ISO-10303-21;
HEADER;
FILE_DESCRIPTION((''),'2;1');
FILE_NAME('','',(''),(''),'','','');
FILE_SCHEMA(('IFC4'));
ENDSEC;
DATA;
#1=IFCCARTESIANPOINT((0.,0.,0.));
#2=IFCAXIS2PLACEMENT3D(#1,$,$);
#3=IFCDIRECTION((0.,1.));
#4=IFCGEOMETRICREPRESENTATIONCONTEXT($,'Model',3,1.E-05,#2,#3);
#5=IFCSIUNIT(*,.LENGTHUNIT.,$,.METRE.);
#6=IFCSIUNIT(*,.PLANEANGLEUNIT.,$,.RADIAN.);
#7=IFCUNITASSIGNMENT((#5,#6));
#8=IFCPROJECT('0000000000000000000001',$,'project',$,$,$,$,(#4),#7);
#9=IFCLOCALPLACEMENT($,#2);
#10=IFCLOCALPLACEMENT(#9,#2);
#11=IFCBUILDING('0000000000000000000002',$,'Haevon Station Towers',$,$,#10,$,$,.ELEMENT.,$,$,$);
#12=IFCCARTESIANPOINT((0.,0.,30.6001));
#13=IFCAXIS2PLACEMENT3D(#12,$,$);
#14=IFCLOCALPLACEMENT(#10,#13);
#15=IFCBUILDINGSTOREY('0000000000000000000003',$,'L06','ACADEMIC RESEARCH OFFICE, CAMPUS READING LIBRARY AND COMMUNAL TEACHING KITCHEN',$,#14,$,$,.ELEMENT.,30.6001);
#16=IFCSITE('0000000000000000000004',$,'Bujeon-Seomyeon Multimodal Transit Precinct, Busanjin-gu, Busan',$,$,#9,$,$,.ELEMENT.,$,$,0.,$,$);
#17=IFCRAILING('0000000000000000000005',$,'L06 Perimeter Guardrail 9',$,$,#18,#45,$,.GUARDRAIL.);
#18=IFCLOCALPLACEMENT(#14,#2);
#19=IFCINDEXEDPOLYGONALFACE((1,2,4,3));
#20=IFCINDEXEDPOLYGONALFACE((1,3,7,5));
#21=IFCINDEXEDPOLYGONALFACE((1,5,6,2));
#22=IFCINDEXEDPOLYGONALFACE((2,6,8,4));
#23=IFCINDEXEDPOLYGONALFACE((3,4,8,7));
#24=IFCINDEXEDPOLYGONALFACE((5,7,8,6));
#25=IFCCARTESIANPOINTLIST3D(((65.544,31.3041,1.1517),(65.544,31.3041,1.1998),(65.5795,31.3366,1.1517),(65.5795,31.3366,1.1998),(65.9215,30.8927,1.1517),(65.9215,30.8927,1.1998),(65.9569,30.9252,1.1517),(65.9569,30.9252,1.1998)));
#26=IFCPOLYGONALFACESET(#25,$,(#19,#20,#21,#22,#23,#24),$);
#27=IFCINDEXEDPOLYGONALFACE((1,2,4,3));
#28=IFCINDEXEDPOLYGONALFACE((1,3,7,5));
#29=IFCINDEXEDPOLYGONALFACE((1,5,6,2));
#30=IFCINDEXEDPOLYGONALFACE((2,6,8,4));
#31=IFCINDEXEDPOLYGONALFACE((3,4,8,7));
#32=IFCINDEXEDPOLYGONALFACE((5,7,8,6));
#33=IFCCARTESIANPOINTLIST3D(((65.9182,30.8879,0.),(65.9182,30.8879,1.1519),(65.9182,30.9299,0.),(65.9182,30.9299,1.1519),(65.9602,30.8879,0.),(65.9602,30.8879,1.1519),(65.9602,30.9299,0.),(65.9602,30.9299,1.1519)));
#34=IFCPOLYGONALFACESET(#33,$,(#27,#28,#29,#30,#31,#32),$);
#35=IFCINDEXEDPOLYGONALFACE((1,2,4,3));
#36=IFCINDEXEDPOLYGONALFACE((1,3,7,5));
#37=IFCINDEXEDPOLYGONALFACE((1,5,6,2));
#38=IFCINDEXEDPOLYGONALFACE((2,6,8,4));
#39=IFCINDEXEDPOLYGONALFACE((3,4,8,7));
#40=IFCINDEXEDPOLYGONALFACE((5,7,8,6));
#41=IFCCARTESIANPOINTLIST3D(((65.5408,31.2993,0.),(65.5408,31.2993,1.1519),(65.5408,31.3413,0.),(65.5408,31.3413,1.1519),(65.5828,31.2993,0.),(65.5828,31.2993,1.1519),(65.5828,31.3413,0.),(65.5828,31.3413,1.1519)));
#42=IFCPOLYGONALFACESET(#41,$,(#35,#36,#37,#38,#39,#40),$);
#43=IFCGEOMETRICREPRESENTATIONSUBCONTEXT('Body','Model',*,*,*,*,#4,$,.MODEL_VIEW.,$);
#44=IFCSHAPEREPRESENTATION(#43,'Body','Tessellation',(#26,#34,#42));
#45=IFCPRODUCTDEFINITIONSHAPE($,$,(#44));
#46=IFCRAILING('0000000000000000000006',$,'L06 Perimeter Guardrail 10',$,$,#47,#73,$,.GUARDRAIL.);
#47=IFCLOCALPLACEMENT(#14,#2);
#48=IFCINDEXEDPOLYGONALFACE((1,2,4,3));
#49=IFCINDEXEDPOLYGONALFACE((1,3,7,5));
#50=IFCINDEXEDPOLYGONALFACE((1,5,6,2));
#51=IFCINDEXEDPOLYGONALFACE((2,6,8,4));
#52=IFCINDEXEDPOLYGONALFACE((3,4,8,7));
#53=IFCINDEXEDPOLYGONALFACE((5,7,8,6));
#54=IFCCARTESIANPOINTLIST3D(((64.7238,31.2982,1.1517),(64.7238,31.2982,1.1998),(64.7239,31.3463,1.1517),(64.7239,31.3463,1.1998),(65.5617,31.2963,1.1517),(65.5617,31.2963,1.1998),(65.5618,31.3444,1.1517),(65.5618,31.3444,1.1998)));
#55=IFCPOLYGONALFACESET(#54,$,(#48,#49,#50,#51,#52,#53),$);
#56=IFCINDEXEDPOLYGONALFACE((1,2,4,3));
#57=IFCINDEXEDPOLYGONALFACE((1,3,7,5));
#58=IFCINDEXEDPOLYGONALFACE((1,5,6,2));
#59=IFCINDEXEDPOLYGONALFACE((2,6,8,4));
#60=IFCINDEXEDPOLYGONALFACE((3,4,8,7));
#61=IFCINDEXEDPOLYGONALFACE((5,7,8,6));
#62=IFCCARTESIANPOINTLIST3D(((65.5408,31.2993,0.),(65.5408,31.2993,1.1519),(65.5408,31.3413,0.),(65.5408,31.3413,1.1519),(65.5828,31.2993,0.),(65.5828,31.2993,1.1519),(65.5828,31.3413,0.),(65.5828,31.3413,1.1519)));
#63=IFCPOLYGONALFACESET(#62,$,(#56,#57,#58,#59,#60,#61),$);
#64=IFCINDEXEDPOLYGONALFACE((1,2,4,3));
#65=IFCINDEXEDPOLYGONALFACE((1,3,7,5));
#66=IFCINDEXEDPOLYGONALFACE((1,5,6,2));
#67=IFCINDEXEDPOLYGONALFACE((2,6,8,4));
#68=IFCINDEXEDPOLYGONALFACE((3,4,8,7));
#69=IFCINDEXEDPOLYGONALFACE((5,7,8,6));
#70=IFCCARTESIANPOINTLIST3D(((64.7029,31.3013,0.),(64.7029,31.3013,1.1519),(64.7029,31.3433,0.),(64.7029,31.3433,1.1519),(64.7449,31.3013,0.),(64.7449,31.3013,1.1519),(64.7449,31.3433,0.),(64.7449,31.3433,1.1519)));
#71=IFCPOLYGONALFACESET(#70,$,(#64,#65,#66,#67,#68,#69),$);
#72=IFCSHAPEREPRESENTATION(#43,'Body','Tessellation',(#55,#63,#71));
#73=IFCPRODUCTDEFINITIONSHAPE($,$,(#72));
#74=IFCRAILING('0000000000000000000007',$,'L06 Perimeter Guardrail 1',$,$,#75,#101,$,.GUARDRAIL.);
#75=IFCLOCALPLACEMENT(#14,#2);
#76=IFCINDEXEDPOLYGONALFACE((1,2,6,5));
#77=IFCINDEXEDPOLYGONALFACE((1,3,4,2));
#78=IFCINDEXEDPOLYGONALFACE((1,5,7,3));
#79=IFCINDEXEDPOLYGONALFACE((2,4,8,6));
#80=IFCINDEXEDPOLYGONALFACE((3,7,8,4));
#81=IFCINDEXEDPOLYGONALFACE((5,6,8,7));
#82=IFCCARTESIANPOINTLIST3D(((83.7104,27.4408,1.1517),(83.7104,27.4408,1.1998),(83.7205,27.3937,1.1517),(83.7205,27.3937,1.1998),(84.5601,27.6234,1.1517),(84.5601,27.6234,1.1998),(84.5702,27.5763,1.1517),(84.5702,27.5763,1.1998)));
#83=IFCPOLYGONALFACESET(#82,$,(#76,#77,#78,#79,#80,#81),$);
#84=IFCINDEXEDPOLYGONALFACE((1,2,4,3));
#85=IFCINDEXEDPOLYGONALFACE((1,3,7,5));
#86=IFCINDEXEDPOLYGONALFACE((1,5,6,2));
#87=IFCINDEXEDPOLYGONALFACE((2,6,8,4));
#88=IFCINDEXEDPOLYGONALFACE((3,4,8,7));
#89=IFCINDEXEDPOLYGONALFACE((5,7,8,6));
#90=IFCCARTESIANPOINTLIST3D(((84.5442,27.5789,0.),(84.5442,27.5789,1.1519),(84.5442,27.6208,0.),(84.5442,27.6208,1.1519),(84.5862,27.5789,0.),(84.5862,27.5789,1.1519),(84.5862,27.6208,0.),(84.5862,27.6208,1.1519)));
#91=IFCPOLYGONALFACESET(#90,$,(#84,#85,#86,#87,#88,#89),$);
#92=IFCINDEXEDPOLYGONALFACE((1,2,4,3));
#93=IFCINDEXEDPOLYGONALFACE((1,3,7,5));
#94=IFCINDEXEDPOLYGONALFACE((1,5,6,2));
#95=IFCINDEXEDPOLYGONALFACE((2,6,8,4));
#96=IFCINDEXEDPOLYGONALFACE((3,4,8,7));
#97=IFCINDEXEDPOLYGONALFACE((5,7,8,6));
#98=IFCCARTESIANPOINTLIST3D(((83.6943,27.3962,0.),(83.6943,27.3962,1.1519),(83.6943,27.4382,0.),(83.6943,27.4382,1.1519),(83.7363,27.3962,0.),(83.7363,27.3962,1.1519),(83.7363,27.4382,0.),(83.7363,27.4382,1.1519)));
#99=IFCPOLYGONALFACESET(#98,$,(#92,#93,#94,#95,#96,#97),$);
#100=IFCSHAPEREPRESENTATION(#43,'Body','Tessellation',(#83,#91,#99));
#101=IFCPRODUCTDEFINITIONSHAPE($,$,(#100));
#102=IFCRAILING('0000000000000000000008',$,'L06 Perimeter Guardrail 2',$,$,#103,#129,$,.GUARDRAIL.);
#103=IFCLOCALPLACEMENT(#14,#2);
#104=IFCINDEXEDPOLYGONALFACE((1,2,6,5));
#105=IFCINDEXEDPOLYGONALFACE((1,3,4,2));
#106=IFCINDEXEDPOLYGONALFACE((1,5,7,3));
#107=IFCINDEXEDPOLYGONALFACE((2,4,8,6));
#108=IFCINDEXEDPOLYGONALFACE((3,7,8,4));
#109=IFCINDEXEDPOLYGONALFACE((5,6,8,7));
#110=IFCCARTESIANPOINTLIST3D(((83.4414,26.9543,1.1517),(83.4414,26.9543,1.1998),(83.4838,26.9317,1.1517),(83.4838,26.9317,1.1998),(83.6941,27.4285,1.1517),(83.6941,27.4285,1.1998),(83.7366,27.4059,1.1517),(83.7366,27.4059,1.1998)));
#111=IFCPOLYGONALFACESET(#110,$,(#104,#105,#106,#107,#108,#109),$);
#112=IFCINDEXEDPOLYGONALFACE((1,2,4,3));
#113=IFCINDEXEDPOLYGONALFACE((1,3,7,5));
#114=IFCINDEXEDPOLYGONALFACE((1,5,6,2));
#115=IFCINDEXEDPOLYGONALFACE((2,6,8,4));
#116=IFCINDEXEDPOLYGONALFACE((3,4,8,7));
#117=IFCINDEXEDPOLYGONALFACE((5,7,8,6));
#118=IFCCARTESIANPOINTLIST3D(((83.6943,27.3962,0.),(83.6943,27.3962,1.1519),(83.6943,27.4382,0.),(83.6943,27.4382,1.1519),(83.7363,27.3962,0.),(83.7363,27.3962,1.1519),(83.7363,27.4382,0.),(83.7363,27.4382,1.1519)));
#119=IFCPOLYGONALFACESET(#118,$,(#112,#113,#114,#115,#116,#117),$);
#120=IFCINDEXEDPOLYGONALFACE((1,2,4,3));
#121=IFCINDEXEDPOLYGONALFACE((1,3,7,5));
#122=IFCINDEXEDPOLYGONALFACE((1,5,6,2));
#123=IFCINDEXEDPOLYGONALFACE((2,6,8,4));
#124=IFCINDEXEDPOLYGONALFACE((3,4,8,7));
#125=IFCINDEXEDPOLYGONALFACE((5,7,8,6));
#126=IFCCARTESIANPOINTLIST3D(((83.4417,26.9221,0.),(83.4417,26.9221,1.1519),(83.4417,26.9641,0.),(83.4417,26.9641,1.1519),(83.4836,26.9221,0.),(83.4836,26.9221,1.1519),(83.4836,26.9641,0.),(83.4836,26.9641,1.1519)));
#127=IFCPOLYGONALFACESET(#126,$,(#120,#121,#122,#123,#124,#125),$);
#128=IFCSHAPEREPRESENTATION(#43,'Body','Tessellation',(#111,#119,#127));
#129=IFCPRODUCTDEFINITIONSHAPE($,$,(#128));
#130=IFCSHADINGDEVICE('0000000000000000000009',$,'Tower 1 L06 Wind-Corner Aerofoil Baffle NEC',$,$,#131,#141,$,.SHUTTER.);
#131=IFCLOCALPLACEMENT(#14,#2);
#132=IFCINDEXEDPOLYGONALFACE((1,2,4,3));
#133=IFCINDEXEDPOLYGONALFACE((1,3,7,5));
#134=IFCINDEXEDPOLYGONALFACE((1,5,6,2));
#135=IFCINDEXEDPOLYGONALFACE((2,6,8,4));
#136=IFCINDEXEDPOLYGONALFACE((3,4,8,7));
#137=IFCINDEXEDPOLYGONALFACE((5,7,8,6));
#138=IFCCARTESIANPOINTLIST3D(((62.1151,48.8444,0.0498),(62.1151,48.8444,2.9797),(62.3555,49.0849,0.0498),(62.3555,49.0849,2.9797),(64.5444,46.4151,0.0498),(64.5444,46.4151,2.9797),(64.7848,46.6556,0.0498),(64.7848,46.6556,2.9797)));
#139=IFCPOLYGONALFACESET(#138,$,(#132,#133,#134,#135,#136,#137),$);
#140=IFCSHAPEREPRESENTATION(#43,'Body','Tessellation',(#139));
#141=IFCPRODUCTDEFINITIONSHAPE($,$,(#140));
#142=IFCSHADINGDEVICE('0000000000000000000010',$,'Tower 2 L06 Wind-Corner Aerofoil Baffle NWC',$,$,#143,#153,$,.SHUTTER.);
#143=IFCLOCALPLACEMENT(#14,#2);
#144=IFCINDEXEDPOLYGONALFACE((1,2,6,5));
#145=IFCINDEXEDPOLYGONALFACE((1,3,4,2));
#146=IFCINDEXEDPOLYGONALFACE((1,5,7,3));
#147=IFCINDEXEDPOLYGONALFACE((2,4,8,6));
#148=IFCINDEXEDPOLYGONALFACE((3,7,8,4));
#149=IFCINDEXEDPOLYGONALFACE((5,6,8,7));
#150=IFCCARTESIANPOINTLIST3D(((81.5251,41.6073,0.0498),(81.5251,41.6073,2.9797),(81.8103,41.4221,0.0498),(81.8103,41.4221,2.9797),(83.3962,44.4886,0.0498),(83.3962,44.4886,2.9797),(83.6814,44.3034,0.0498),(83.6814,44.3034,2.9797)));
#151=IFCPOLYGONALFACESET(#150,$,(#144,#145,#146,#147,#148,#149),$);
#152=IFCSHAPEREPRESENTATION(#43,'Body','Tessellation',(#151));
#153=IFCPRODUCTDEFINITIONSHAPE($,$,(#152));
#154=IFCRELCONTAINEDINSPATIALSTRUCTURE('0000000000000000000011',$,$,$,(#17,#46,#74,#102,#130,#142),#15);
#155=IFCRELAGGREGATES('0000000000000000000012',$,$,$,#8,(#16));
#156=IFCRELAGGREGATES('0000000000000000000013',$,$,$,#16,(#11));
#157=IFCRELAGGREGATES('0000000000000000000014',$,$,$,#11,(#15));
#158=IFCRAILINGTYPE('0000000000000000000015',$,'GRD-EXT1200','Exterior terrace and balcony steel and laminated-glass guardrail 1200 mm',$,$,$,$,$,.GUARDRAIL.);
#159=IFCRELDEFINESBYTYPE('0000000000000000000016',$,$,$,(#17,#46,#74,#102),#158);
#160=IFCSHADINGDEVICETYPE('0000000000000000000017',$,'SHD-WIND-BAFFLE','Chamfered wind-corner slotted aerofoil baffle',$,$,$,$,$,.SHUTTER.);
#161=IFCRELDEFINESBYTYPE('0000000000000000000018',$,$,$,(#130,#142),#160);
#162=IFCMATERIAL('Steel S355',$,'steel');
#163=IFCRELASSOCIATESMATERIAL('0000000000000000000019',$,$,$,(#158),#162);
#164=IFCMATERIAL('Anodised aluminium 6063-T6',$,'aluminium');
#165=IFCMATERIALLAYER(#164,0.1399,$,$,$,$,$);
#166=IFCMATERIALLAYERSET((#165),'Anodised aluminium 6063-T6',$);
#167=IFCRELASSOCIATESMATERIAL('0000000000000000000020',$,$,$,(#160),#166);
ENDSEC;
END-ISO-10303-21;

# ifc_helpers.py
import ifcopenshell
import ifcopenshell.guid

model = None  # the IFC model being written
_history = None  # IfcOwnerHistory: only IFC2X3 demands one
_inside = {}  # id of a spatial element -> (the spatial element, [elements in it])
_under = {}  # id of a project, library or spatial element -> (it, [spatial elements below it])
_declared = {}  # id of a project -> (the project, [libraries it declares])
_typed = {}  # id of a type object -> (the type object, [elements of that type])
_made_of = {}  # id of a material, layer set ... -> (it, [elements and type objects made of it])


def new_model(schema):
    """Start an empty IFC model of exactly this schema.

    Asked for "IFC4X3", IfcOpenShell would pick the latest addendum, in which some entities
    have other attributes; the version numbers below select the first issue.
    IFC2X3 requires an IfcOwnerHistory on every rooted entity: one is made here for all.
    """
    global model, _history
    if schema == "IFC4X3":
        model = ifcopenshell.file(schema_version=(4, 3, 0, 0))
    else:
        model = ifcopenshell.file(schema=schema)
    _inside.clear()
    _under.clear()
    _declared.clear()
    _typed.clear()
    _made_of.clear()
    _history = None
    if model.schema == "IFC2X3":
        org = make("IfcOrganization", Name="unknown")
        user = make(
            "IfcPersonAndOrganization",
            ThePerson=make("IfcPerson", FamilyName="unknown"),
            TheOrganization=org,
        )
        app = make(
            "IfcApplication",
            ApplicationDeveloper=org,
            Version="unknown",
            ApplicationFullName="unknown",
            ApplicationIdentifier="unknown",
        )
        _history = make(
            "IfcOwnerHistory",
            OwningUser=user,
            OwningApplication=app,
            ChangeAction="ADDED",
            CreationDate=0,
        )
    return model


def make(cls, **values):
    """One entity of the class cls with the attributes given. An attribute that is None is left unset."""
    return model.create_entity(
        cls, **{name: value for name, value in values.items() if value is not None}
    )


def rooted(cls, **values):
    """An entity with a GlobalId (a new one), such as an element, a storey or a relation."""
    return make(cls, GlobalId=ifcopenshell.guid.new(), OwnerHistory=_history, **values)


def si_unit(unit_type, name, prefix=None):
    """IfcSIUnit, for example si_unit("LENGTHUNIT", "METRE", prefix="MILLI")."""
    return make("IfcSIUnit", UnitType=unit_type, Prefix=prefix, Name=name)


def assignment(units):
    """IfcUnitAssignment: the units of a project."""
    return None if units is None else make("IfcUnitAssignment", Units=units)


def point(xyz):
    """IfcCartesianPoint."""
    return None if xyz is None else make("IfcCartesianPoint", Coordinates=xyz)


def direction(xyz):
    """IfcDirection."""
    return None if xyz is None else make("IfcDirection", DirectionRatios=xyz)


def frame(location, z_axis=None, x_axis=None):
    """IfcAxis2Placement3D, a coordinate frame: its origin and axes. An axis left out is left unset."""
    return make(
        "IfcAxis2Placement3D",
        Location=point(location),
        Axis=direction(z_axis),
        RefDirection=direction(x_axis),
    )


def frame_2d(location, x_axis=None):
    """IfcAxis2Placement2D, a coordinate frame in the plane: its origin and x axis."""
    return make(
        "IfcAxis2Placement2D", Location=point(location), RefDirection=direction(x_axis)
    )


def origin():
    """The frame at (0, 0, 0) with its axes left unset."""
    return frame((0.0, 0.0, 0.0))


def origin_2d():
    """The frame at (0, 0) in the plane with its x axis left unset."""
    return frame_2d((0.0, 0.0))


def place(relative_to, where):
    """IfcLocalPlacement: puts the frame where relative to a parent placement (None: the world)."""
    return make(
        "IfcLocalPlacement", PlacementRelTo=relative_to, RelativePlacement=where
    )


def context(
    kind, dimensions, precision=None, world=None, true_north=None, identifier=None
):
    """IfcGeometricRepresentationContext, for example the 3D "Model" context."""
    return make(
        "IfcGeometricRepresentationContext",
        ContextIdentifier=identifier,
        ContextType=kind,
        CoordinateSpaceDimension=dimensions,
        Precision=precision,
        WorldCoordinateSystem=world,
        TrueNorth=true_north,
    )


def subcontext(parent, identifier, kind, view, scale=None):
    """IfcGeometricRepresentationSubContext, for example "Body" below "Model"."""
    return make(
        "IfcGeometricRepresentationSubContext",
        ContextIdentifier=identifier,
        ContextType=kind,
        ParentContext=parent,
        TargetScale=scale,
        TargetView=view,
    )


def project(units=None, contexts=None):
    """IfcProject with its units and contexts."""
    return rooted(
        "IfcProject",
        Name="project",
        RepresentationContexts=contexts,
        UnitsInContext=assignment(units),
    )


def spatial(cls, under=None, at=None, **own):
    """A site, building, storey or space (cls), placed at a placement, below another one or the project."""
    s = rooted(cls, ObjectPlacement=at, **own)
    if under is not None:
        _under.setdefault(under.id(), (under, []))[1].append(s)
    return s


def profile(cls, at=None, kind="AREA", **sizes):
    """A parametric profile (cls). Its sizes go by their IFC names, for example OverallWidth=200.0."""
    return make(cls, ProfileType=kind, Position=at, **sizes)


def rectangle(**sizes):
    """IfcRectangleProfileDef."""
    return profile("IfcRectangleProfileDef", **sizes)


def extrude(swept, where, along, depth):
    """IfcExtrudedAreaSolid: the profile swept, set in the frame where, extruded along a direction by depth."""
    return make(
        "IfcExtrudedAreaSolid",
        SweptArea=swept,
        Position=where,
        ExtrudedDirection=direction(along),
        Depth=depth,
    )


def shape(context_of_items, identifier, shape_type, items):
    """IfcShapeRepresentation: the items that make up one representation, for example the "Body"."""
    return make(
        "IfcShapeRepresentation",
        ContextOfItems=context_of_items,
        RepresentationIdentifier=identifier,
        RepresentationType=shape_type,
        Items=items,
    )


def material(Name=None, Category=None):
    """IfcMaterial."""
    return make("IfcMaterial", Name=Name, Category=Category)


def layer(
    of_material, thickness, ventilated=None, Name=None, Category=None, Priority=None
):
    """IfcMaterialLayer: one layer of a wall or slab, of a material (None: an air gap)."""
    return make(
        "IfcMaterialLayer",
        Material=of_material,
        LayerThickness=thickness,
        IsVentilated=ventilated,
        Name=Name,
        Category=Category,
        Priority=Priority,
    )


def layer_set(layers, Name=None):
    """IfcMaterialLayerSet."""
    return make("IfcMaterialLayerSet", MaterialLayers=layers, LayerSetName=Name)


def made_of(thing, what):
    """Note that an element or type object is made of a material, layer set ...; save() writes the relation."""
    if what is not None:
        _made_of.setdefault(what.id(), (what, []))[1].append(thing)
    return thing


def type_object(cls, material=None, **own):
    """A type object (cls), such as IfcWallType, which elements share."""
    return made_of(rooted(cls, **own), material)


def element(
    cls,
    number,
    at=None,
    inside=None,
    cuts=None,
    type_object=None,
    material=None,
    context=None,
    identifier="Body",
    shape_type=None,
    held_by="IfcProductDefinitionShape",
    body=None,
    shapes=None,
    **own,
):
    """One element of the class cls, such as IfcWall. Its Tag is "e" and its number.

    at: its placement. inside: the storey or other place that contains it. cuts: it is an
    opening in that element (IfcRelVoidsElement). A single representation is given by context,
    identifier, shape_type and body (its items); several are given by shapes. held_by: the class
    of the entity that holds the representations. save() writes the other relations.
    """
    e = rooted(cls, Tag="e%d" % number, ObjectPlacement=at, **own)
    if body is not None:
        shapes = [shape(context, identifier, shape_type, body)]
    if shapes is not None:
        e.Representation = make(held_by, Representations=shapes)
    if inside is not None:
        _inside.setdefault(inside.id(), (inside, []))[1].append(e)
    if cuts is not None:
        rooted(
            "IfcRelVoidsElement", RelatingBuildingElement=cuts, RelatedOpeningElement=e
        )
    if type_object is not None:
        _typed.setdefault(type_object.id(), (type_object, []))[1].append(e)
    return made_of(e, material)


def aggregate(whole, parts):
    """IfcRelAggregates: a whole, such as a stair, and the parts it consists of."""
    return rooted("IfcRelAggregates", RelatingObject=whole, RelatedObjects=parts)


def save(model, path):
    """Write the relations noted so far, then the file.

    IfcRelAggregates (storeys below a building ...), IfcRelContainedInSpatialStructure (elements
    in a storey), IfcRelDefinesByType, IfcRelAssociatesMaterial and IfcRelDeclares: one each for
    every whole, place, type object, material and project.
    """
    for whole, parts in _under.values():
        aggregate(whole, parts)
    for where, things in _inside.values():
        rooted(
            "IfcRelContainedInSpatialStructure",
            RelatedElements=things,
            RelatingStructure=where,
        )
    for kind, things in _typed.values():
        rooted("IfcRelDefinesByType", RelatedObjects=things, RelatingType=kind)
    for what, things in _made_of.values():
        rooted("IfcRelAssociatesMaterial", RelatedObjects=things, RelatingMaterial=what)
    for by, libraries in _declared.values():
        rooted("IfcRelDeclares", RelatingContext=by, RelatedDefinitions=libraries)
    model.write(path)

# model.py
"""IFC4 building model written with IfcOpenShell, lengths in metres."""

from ifc_helpers import new_model, si_unit, direction, frame, origin, origin_2d, place, context, subcontext, project, spatial, rectangle, extrude, material, layer, layer_set, type_object, element, save


model = new_model("IFC4")

# Units and contexts
model_context = context("Model", 3, precision=1e-05, world=origin(), true_north=direction((0.0, 1.0)))
body_context = subcontext(model_context, "Body", "Model", "MODEL_VIEW")
ifc_project = project(units=[si_unit("LENGTHUNIT", "METRE"), si_unit("PLANEANGLEUNIT", "RADIAN")], contexts=[model_context])

# Site, building, storey
site_placement = place(None, origin())
site = spatial("IfcSite", under=ifc_project, at=site_placement, Name="Bujeon-Seomyeon Multimodal Transit Precinct, Busanjin-gu, Busan", CompositionType="ELEMENT", RefElevation=0.0)
building_placement = place(site_placement, origin())
building = spatial("IfcBuilding", under=site, at=building_placement, Name="Haevon Station Towers", CompositionType="ELEMENT")
storey_placement = place(building_placement, frame((0.0, 0.0, 30.6001)))
storey = spatial("IfcBuildingStorey", under=building, at=storey_placement, Name="L06", Description="ACADEMIC RESEARCH OFFICE, CAMPUS READING LIBRARY AND COMMUNAL TEACHING KITCHEN", CompositionType="ELEMENT", Elevation=30.6001)

# Shared definitions
ifc_material_1 = material(Name="Steel S355", Category="steel")

# Railings
railing_type = type_object("IfcRailingType", Name="GRD-EXT1200", Description="Exterior terrace and balcony steel and laminated-glass guardrail 1200 mm", PredefinedType="GUARDRAIL", material=ifc_material_1)
railing_1_placement = place(storey_placement, frame((65.9392, 30.9089, 0.0)))
element("IfcRailing", 1, at=railing_1_placement, inside=storey, type_object=railing_type, Name="L06 Perimeter Guardrail 9", PredefinedType="GUARDRAIL", context=body_context, shape_type="SweptSolid", body=[
    extrude(rectangle(XDim=0.0481, YDim=0.0481, at=origin_2d()), frame((0.0, 0.0, 1.1758), z_axis=(-0.676061, 0.736845, 0.0), x_axis=(-0.736845, -0.676061, 0.0)), (0.0, 0.0, 1.0), 0.5583),
    extrude(rectangle(XDim=0.042, YDim=0.042, at=origin_2d()), origin(), (0.0, 0.0, 1.0), 1.1519),
    extrude(rectangle(XDim=0.042, YDim=0.042, at=origin_2d()), frame((-0.3774, 0.4114, 0.0)), (0.0, 0.0, 1.0), 1.1519),
])
railing_2_placement = place(storey_placement, frame((65.5618, 31.3203, 0.0)))
element("IfcRailing", 2, at=railing_2_placement, inside=storey, type_object=railing_type, Name="L06 Perimeter Guardrail 10", PredefinedType="GUARDRAIL", context=body_context, shape_type="SweptSolid", body=[
    extrude(rectangle(XDim=0.0481, YDim=0.0481, at=origin_2d()), frame((0.0, 0.0, 1.1758), z_axis=(-0.999997, 0.002331, 0.0), x_axis=(-0.002331, -0.999997, 0.0)), (0.0, 0.0, 1.0), 0.8379),
    extrude(rectangle(XDim=0.042, YDim=0.042, at=origin_2d()), origin(), (0.0, 0.0, 1.0), 1.1519),
    extrude(rectangle(XDim=0.042, YDim=0.042, at=origin_2d()), frame((-0.8379, 0.002, 0.0)), (0.0, 0.0, 1.0), 1.1519),
])
railing_3_placement = place(storey_placement, frame((84.5652, 27.5999, 0.0)))
element("IfcRailing", 3, at=railing_3_placement, inside=storey, type_object=railing_type, Name="L06 Perimeter Guardrail 1", PredefinedType="GUARDRAIL", context=body_context, shape_type="SweptSolid", body=[
    extrude(rectangle(XDim=0.0481, YDim=0.0481, at=origin_2d()), frame((0.0, 0.0, 1.1758), z_axis=(-0.977683, -0.210085, 0.0), x_axis=(0.210085, -0.977683, 0.0)), (0.0, 0.0, 1.0), 0.8691),
    extrude(rectangle(XDim=0.042, YDim=0.042, at=origin_2d()), origin(), (0.0, 0.0, 1.0), 1.1519),
    extrude(rectangle(XDim=0.042, YDim=0.042, at=origin_2d()), frame((-0.8499, -0.1826, 0.0)), (0.0, 0.0, 1.0), 1.1519),
])
railing_4_placement = place(storey_placement, frame((83.7153, 27.4172, 0.0)))
element("IfcRailing", 4, at=railing_4_placement, inside=storey, type_object=railing_type, Name="L06 Perimeter Guardrail 2", PredefinedType="GUARDRAIL", context=body_context, shape_type="SweptSolid", body=[
    extrude(rectangle(XDim=0.0481, YDim=0.0481, at=origin_2d()), frame((0.0, 0.0, 1.1758), z_axis=(-0.470329, -0.882491, 0.0), x_axis=(0.882491, -0.470329, 0.0)), (0.0, 0.0, 1.0), 0.5374),
    extrude(rectangle(XDim=0.042, YDim=0.042, at=origin_2d()), origin(), (0.0, 0.0, 1.0), 1.1519),
    extrude(rectangle(XDim=0.042, YDim=0.042, at=origin_2d()), frame((-0.2527, -0.4741, 0.0)), (0.0, 0.0, 1.0), 1.1519),
])

# Shading devices
ifc_material_2 = material(Name="Anodised aluminium 6063-T6", Category="aluminium")
ifc_layer_1 = layer(ifc_material_2, 0.1399)
ifc_layer_set_1 = layer_set([ifc_layer_1], Name="Anodised aluminium 6063-T6")
shading_device_type = type_object("IfcShadingDeviceType", Name="SHD-WIND-BAFFLE", Description="Chamfered wind-corner slotted aerofoil baffle", PredefinedType="SHUTTER", material=ifc_layer_set_1)
for number, where, z_axis, x_axis, name in (
    (5, (63.45, 47.75, 0.0498), (0.0, 0.0, 1.0), (0.707107, -0.707107, 0.0), "Tower 1 L06 Wind-Corner Aerofoil Baffle NEC"),
    (6, (82.6033, 42.9553, 0.0498), (0.0, 0.0, 1.0), (0.544639, 0.838671, 0.0), "Tower 2 L06 Wind-Corner Aerofoil Baffle NWC"),
):
    element("IfcShadingDevice", number, at=place(storey_placement, frame(where, z_axis=z_axis, x_axis=x_axis)), inside=storey, type_object=shading_device_type, Name=name, PredefinedType="SHUTTER", context=body_context, shape_type="SweptSolid", body=[
        extrude(rectangle(XDim=3.4355, YDim=0.3401, at=origin_2d()), origin(), (0.0, 0.0, 1.0), 2.9299),
    ])

save(model, "model.ifc")
